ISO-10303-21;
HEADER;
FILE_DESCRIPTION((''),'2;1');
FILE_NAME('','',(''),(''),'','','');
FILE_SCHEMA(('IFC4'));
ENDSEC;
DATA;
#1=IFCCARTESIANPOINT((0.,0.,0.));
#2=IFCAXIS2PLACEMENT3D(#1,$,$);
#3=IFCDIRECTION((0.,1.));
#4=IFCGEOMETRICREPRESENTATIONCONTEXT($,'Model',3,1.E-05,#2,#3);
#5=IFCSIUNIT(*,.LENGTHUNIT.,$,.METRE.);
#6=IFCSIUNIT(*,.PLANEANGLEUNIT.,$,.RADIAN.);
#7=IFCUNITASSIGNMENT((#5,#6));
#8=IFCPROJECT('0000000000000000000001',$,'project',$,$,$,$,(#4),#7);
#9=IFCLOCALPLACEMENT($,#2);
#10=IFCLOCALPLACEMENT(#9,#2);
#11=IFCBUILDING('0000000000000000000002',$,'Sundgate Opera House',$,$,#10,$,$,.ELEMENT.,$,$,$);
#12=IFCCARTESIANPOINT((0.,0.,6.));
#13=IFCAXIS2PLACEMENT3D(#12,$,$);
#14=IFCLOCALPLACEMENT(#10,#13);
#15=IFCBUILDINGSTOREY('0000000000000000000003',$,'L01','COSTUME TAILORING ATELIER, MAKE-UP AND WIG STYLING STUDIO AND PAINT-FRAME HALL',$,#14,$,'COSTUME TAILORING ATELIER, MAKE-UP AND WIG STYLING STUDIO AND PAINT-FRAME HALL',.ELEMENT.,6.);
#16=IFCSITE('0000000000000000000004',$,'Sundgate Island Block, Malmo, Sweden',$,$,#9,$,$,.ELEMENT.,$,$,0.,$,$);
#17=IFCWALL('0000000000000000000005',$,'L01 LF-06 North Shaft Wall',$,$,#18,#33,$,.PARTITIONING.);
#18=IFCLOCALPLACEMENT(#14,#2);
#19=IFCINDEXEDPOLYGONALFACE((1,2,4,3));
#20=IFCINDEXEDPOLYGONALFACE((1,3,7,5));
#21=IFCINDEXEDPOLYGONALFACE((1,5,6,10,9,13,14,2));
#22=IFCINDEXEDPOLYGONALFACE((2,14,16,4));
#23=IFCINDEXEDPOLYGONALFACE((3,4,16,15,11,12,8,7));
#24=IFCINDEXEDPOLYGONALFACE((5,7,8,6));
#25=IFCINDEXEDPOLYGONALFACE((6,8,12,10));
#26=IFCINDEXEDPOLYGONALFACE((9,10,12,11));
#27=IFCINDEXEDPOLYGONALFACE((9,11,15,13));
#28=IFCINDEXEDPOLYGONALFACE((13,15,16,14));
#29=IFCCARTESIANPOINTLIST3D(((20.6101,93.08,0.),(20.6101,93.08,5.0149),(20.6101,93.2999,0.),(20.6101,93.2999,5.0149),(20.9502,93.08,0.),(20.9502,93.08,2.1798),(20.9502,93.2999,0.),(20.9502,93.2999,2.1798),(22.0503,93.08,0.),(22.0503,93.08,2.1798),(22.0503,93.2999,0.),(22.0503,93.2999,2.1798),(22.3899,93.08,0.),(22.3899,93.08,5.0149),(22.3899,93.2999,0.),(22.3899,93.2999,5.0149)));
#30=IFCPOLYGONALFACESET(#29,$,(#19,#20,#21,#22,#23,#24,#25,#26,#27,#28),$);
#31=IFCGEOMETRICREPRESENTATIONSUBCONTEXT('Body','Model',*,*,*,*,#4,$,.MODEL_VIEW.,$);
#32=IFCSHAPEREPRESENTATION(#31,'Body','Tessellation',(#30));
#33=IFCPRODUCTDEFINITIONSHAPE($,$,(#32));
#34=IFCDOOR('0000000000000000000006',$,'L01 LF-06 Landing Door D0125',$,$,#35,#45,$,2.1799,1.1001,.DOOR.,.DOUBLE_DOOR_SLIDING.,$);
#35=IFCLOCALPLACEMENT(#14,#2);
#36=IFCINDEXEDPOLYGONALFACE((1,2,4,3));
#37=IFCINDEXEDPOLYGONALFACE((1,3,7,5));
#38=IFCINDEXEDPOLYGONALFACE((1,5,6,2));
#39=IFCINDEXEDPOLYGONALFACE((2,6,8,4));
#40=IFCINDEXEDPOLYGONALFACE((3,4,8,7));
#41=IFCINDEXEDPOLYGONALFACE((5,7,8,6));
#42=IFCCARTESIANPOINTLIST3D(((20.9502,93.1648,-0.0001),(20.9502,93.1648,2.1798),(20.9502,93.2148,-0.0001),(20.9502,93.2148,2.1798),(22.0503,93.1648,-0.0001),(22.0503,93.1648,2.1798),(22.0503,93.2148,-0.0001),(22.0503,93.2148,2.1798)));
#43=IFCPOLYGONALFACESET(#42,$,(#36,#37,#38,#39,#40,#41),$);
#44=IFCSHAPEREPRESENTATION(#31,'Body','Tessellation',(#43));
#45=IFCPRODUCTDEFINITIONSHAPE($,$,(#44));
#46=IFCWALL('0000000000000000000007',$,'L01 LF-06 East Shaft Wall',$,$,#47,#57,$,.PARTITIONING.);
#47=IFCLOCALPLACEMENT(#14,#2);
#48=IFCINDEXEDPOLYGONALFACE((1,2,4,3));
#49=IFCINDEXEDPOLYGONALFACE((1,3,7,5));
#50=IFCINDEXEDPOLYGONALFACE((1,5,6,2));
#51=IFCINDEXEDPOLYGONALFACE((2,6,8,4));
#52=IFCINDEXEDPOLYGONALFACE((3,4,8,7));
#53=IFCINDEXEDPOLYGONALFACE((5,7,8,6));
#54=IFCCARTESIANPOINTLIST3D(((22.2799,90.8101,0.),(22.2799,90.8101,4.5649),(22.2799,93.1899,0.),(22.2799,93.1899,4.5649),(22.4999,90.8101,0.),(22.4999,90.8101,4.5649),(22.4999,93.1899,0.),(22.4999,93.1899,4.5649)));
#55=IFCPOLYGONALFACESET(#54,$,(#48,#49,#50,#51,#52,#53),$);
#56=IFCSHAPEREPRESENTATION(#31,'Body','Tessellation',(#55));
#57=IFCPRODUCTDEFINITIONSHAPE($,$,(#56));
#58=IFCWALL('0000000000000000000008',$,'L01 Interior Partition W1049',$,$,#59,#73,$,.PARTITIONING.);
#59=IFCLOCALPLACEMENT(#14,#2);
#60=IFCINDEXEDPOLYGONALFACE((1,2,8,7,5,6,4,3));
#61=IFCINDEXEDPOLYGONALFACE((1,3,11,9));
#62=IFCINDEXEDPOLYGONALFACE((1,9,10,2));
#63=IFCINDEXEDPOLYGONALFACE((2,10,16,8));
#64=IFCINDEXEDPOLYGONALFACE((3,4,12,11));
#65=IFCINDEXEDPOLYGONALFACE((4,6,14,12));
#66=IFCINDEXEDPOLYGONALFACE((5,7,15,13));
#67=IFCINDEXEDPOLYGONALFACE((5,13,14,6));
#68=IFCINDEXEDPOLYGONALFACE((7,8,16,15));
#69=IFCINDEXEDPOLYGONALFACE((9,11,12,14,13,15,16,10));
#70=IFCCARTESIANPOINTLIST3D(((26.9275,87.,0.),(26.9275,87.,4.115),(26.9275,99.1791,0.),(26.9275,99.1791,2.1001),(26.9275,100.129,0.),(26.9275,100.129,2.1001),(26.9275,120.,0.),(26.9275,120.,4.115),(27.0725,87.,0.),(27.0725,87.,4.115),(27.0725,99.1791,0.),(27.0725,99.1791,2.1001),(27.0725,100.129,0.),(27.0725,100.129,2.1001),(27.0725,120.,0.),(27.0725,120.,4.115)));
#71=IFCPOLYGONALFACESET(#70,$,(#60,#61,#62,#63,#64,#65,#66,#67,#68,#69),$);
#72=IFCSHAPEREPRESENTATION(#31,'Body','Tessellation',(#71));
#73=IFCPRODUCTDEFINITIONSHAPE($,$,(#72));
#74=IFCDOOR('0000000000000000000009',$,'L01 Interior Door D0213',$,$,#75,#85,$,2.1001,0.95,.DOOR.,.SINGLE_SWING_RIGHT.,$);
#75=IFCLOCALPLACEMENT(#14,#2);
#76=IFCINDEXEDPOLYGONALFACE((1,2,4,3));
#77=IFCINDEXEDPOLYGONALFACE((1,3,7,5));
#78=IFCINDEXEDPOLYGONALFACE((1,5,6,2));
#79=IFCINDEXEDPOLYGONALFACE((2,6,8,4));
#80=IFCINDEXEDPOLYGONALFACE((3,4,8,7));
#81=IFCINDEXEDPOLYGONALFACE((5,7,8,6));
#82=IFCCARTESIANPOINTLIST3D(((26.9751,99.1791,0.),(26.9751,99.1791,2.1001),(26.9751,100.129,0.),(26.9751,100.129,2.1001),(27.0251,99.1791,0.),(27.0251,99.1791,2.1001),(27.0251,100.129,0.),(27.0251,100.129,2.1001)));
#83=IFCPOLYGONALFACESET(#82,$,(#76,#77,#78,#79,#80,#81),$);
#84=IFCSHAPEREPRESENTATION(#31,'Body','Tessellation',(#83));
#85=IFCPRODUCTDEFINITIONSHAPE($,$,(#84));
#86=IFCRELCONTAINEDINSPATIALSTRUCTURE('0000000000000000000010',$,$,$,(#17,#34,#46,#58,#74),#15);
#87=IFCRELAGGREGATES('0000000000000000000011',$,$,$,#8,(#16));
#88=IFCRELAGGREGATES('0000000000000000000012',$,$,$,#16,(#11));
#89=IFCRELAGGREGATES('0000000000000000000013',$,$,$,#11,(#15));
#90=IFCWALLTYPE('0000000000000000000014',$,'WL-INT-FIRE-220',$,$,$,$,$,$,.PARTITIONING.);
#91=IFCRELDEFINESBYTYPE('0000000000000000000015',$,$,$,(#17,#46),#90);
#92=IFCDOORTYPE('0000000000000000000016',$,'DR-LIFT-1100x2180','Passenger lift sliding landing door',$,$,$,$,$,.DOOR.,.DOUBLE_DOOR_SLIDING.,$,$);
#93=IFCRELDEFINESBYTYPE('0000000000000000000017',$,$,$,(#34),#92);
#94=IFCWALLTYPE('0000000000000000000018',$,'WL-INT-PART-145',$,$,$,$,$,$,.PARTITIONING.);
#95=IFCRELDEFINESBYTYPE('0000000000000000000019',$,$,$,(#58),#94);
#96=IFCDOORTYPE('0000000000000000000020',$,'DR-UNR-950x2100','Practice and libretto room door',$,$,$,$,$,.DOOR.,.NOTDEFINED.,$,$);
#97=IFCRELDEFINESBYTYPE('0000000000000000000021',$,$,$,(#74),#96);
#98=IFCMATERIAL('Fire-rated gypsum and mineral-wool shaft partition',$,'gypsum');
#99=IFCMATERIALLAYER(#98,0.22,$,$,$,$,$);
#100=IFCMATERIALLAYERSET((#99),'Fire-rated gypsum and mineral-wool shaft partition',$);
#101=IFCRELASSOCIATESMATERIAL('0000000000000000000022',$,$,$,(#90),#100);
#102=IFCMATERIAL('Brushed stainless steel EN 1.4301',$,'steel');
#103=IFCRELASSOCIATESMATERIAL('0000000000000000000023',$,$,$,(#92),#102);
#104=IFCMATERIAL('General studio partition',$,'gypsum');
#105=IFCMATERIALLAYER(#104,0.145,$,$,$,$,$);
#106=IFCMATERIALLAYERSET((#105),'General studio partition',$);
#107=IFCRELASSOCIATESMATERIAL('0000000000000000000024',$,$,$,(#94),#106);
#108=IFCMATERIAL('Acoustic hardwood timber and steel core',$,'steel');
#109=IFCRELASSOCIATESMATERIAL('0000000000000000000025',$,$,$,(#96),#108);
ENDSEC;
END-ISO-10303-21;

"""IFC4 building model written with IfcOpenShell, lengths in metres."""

from ifc_helpers import new_model, si_unit, direction, frame, frame_2d, origin, place, context, subcontext, project, spatial, rectangle, extrude, material, layer, layer_set, type_object, element, fill, save


model = new_model("IFC4")

# Units and contexts
model_context = context("Model", 3, precision=1e-05, world=origin(), true_north=direction((0.0, 1.0)))
body_context = subcontext(model_context, "Body", "Model", "MODEL_VIEW")
ifc_project = project(units=[si_unit("LENGTHUNIT", "METRE"), si_unit("PLANEANGLEUNIT", "RADIAN")], contexts=[model_context])

# Site, building, storey
site_placement = place(None, origin())
site = spatial("IfcSite", under=ifc_project, at=site_placement, Name="Sundgate Island Block, Malmo, Sweden", CompositionType="ELEMENT", RefElevation=0.0)
building_placement = place(site_placement, origin())
building = spatial("IfcBuilding", under=site, at=building_placement, Name="Sundgate Opera House", CompositionType="ELEMENT")
storey_placement = place(building_placement, frame((0.0, 0.0, 6.0)))
storey = spatial("IfcBuildingStorey", under=building, at=storey_placement, Name="L01", Description="COSTUME TAILORING ATELIER, MAKE-UP AND WIG STYLING STUDIO AND PAINT-FRAME HALL", LongName="COSTUME TAILORING ATELIER, MAKE-UP AND WIG STYLING STUDIO AND PAINT-FRAME HALL", CompositionType="ELEMENT", Elevation=6.0)

# Wall, opening, door
ifc_material_1 = material(Name="Fire-rated gypsum and mineral-wool shaft partition", Category="gypsum")
ifc_layer_1 = layer(ifc_material_1, 0.22)
ifc_layer_set_1 = layer_set([ifc_layer_1], Name="Fire-rated gypsum and mineral-wool shaft partition")
wall_type_1 = type_object("IfcWallType", Name="WL-INT-FIRE-220", PredefinedType="PARTITIONING", material=ifc_layer_set_1)
wall_1_placement = place(storey_placement, frame((20.6101, 93.1899, 0.0), z_axis=(0.0, 0.0, 1.0), x_axis=(1.0, 0.0, 0.0)))
wall_1 = element("IfcWall", 1, at=wall_1_placement, inside=storey, type_object=wall_type_1, Name="L01 LF-06 North Shaft Wall", PredefinedType="PARTITIONING", context=body_context, shape_type="SweptSolid", body=[
    extrude(rectangle(XDim=1.7798, YDim=0.22, at=frame_2d((0.8899, 0.0))), origin(), (0.0, 0.0, 1.0), 5.0149),
])
opening_1_placement = place(wall_1_placement, frame((0.3401, 0.0, 0.0)))
opening_1 = element("IfcOpeningElement", 2, at=opening_1_placement, cuts=wall_1, PredefinedType="OPENING", context=body_context, shape_type="SweptSolid", body=[
    extrude(rectangle(XDim=1.1001, YDim=2.1799, at=frame_2d((0.55, 1.0898))), frame((0.0, 0.1199, 0.0), z_axis=(0.0, -1.0, 0.0), x_axis=(1.0, 0.0, 0.0)), (0.0, 0.0, 1.0), 0.24),
])
ifc_material_2 = material(Name="Brushed stainless steel EN 1.4301", Category="steel")
door_type_1 = type_object("IfcDoorType", Name="DR-LIFT-1100x2180", Description="Passenger lift sliding landing door", OperationType="DOUBLE_DOOR_SLIDING", PredefinedType="DOOR", material=ifc_material_2)
door_1_placement = place(opening_1_placement, origin())
door_1 = element("IfcDoor", 3, at=door_1_placement, inside=storey, type_object=door_type_1, Name="L01 LF-06 Landing Door D0125", OperationType="DOUBLE_DOOR_SLIDING", OverallHeight=2.1799, OverallWidth=1.1001, PredefinedType="DOOR", context=body_context, shape_type="SweptSolid", body=[
    extrude(rectangle(XDim=1.1001, YDim=2.1799, at=frame_2d((0.55, 1.0898))), frame((0.0, 0.0249, 0.0), z_axis=(0.0, -1.0, 0.0), x_axis=(1.0, 0.0, 0.0)), (0.0, 0.0, 1.0), 0.05),
])
fill(opening_1, door_1)

# Wall
wall_2_placement = place(storey_placement, frame((22.3899, 90.8101, 0.0), z_axis=(0.0, 0.0, 1.0), x_axis=(0.0, 1.0, 0.0)))
element("IfcWall", 4, at=wall_2_placement, inside=storey, type_object=wall_type_1, Name="L01 LF-06 East Shaft Wall", PredefinedType="PARTITIONING", context=body_context, shape_type="SweptSolid", body=[
    extrude(rectangle(XDim=2.3799, YDim=0.22, at=frame_2d((1.1899, 0.0))), origin(), (0.0, 0.0, 1.0), 4.5649),
])

# Wall, opening, door
ifc_material_3 = material(Name="General studio partition", Category="gypsum")
ifc_layer_2 = layer(ifc_material_3, 0.145)
ifc_layer_set_2 = layer_set([ifc_layer_2], Name="General studio partition")
wall_type_2 = type_object("IfcWallType", Name="WL-INT-PART-145", PredefinedType="PARTITIONING", material=ifc_layer_set_2)
wall_3_placement = place(storey_placement, frame((27.0, 87.0, 0.0), z_axis=(0.0, 0.0, 1.0), x_axis=(0.0, 1.0, 0.0)))
wall_3 = element("IfcWall", 5, at=wall_3_placement, inside=storey, type_object=wall_type_2, Name="L01 Interior Partition W1049", PredefinedType="PARTITIONING", context=body_context, shape_type="SweptSolid", body=[
    extrude(rectangle(XDim=33.0, YDim=0.145, at=frame_2d((16.5, 0.0))), origin(), (0.0, 0.0, 1.0), 4.115),
])
opening_2_placement = place(wall_3_placement, frame((12.179, 0.0, 0.0)))
opening_2 = element("IfcOpeningElement", 6, at=opening_2_placement, cuts=wall_3, PredefinedType="OPENING", context=body_context, shape_type="SweptSolid", body=[
    extrude(rectangle(XDim=0.95, YDim=2.1001, at=frame_2d((0.4751, 1.05))), frame((0.0, 0.0825, 0.0), z_axis=(0.0, -1.0, 0.0), x_axis=(1.0, 0.0, 0.0)), (0.0, 0.0, 1.0), 0.165),
])
ifc_material_4 = material(Name="Acoustic hardwood timber and steel core", Category="steel")
door_type_2 = type_object("IfcDoorType", Name="DR-UNR-950x2100", Description="Practice and libretto room door", OperationType="NOTDEFINED", PredefinedType="DOOR", material=ifc_material_4)
door_2_placement = place(opening_2_placement, origin())
door_2 = element("IfcDoor", 7, at=door_2_placement, inside=storey, type_object=door_type_2, Name="L01 Interior Door D0213", OperationType="SINGLE_SWING_RIGHT", OverallHeight=2.1001, OverallWidth=0.95, PredefinedType="DOOR", context=body_context, shape_type="SweptSolid", body=[
    extrude(rectangle(XDim=0.95, YDim=2.1001, at=frame_2d((0.4751, 1.05))), frame((0.0, 0.0249, 0.0), z_axis=(0.0, -1.0, 0.0), x_axis=(1.0, 0.0, 0.0)), (0.0, 0.0, 1.0), 0.05),
])
fill(opening_2, door_2)

save(model, "model.ifc")
